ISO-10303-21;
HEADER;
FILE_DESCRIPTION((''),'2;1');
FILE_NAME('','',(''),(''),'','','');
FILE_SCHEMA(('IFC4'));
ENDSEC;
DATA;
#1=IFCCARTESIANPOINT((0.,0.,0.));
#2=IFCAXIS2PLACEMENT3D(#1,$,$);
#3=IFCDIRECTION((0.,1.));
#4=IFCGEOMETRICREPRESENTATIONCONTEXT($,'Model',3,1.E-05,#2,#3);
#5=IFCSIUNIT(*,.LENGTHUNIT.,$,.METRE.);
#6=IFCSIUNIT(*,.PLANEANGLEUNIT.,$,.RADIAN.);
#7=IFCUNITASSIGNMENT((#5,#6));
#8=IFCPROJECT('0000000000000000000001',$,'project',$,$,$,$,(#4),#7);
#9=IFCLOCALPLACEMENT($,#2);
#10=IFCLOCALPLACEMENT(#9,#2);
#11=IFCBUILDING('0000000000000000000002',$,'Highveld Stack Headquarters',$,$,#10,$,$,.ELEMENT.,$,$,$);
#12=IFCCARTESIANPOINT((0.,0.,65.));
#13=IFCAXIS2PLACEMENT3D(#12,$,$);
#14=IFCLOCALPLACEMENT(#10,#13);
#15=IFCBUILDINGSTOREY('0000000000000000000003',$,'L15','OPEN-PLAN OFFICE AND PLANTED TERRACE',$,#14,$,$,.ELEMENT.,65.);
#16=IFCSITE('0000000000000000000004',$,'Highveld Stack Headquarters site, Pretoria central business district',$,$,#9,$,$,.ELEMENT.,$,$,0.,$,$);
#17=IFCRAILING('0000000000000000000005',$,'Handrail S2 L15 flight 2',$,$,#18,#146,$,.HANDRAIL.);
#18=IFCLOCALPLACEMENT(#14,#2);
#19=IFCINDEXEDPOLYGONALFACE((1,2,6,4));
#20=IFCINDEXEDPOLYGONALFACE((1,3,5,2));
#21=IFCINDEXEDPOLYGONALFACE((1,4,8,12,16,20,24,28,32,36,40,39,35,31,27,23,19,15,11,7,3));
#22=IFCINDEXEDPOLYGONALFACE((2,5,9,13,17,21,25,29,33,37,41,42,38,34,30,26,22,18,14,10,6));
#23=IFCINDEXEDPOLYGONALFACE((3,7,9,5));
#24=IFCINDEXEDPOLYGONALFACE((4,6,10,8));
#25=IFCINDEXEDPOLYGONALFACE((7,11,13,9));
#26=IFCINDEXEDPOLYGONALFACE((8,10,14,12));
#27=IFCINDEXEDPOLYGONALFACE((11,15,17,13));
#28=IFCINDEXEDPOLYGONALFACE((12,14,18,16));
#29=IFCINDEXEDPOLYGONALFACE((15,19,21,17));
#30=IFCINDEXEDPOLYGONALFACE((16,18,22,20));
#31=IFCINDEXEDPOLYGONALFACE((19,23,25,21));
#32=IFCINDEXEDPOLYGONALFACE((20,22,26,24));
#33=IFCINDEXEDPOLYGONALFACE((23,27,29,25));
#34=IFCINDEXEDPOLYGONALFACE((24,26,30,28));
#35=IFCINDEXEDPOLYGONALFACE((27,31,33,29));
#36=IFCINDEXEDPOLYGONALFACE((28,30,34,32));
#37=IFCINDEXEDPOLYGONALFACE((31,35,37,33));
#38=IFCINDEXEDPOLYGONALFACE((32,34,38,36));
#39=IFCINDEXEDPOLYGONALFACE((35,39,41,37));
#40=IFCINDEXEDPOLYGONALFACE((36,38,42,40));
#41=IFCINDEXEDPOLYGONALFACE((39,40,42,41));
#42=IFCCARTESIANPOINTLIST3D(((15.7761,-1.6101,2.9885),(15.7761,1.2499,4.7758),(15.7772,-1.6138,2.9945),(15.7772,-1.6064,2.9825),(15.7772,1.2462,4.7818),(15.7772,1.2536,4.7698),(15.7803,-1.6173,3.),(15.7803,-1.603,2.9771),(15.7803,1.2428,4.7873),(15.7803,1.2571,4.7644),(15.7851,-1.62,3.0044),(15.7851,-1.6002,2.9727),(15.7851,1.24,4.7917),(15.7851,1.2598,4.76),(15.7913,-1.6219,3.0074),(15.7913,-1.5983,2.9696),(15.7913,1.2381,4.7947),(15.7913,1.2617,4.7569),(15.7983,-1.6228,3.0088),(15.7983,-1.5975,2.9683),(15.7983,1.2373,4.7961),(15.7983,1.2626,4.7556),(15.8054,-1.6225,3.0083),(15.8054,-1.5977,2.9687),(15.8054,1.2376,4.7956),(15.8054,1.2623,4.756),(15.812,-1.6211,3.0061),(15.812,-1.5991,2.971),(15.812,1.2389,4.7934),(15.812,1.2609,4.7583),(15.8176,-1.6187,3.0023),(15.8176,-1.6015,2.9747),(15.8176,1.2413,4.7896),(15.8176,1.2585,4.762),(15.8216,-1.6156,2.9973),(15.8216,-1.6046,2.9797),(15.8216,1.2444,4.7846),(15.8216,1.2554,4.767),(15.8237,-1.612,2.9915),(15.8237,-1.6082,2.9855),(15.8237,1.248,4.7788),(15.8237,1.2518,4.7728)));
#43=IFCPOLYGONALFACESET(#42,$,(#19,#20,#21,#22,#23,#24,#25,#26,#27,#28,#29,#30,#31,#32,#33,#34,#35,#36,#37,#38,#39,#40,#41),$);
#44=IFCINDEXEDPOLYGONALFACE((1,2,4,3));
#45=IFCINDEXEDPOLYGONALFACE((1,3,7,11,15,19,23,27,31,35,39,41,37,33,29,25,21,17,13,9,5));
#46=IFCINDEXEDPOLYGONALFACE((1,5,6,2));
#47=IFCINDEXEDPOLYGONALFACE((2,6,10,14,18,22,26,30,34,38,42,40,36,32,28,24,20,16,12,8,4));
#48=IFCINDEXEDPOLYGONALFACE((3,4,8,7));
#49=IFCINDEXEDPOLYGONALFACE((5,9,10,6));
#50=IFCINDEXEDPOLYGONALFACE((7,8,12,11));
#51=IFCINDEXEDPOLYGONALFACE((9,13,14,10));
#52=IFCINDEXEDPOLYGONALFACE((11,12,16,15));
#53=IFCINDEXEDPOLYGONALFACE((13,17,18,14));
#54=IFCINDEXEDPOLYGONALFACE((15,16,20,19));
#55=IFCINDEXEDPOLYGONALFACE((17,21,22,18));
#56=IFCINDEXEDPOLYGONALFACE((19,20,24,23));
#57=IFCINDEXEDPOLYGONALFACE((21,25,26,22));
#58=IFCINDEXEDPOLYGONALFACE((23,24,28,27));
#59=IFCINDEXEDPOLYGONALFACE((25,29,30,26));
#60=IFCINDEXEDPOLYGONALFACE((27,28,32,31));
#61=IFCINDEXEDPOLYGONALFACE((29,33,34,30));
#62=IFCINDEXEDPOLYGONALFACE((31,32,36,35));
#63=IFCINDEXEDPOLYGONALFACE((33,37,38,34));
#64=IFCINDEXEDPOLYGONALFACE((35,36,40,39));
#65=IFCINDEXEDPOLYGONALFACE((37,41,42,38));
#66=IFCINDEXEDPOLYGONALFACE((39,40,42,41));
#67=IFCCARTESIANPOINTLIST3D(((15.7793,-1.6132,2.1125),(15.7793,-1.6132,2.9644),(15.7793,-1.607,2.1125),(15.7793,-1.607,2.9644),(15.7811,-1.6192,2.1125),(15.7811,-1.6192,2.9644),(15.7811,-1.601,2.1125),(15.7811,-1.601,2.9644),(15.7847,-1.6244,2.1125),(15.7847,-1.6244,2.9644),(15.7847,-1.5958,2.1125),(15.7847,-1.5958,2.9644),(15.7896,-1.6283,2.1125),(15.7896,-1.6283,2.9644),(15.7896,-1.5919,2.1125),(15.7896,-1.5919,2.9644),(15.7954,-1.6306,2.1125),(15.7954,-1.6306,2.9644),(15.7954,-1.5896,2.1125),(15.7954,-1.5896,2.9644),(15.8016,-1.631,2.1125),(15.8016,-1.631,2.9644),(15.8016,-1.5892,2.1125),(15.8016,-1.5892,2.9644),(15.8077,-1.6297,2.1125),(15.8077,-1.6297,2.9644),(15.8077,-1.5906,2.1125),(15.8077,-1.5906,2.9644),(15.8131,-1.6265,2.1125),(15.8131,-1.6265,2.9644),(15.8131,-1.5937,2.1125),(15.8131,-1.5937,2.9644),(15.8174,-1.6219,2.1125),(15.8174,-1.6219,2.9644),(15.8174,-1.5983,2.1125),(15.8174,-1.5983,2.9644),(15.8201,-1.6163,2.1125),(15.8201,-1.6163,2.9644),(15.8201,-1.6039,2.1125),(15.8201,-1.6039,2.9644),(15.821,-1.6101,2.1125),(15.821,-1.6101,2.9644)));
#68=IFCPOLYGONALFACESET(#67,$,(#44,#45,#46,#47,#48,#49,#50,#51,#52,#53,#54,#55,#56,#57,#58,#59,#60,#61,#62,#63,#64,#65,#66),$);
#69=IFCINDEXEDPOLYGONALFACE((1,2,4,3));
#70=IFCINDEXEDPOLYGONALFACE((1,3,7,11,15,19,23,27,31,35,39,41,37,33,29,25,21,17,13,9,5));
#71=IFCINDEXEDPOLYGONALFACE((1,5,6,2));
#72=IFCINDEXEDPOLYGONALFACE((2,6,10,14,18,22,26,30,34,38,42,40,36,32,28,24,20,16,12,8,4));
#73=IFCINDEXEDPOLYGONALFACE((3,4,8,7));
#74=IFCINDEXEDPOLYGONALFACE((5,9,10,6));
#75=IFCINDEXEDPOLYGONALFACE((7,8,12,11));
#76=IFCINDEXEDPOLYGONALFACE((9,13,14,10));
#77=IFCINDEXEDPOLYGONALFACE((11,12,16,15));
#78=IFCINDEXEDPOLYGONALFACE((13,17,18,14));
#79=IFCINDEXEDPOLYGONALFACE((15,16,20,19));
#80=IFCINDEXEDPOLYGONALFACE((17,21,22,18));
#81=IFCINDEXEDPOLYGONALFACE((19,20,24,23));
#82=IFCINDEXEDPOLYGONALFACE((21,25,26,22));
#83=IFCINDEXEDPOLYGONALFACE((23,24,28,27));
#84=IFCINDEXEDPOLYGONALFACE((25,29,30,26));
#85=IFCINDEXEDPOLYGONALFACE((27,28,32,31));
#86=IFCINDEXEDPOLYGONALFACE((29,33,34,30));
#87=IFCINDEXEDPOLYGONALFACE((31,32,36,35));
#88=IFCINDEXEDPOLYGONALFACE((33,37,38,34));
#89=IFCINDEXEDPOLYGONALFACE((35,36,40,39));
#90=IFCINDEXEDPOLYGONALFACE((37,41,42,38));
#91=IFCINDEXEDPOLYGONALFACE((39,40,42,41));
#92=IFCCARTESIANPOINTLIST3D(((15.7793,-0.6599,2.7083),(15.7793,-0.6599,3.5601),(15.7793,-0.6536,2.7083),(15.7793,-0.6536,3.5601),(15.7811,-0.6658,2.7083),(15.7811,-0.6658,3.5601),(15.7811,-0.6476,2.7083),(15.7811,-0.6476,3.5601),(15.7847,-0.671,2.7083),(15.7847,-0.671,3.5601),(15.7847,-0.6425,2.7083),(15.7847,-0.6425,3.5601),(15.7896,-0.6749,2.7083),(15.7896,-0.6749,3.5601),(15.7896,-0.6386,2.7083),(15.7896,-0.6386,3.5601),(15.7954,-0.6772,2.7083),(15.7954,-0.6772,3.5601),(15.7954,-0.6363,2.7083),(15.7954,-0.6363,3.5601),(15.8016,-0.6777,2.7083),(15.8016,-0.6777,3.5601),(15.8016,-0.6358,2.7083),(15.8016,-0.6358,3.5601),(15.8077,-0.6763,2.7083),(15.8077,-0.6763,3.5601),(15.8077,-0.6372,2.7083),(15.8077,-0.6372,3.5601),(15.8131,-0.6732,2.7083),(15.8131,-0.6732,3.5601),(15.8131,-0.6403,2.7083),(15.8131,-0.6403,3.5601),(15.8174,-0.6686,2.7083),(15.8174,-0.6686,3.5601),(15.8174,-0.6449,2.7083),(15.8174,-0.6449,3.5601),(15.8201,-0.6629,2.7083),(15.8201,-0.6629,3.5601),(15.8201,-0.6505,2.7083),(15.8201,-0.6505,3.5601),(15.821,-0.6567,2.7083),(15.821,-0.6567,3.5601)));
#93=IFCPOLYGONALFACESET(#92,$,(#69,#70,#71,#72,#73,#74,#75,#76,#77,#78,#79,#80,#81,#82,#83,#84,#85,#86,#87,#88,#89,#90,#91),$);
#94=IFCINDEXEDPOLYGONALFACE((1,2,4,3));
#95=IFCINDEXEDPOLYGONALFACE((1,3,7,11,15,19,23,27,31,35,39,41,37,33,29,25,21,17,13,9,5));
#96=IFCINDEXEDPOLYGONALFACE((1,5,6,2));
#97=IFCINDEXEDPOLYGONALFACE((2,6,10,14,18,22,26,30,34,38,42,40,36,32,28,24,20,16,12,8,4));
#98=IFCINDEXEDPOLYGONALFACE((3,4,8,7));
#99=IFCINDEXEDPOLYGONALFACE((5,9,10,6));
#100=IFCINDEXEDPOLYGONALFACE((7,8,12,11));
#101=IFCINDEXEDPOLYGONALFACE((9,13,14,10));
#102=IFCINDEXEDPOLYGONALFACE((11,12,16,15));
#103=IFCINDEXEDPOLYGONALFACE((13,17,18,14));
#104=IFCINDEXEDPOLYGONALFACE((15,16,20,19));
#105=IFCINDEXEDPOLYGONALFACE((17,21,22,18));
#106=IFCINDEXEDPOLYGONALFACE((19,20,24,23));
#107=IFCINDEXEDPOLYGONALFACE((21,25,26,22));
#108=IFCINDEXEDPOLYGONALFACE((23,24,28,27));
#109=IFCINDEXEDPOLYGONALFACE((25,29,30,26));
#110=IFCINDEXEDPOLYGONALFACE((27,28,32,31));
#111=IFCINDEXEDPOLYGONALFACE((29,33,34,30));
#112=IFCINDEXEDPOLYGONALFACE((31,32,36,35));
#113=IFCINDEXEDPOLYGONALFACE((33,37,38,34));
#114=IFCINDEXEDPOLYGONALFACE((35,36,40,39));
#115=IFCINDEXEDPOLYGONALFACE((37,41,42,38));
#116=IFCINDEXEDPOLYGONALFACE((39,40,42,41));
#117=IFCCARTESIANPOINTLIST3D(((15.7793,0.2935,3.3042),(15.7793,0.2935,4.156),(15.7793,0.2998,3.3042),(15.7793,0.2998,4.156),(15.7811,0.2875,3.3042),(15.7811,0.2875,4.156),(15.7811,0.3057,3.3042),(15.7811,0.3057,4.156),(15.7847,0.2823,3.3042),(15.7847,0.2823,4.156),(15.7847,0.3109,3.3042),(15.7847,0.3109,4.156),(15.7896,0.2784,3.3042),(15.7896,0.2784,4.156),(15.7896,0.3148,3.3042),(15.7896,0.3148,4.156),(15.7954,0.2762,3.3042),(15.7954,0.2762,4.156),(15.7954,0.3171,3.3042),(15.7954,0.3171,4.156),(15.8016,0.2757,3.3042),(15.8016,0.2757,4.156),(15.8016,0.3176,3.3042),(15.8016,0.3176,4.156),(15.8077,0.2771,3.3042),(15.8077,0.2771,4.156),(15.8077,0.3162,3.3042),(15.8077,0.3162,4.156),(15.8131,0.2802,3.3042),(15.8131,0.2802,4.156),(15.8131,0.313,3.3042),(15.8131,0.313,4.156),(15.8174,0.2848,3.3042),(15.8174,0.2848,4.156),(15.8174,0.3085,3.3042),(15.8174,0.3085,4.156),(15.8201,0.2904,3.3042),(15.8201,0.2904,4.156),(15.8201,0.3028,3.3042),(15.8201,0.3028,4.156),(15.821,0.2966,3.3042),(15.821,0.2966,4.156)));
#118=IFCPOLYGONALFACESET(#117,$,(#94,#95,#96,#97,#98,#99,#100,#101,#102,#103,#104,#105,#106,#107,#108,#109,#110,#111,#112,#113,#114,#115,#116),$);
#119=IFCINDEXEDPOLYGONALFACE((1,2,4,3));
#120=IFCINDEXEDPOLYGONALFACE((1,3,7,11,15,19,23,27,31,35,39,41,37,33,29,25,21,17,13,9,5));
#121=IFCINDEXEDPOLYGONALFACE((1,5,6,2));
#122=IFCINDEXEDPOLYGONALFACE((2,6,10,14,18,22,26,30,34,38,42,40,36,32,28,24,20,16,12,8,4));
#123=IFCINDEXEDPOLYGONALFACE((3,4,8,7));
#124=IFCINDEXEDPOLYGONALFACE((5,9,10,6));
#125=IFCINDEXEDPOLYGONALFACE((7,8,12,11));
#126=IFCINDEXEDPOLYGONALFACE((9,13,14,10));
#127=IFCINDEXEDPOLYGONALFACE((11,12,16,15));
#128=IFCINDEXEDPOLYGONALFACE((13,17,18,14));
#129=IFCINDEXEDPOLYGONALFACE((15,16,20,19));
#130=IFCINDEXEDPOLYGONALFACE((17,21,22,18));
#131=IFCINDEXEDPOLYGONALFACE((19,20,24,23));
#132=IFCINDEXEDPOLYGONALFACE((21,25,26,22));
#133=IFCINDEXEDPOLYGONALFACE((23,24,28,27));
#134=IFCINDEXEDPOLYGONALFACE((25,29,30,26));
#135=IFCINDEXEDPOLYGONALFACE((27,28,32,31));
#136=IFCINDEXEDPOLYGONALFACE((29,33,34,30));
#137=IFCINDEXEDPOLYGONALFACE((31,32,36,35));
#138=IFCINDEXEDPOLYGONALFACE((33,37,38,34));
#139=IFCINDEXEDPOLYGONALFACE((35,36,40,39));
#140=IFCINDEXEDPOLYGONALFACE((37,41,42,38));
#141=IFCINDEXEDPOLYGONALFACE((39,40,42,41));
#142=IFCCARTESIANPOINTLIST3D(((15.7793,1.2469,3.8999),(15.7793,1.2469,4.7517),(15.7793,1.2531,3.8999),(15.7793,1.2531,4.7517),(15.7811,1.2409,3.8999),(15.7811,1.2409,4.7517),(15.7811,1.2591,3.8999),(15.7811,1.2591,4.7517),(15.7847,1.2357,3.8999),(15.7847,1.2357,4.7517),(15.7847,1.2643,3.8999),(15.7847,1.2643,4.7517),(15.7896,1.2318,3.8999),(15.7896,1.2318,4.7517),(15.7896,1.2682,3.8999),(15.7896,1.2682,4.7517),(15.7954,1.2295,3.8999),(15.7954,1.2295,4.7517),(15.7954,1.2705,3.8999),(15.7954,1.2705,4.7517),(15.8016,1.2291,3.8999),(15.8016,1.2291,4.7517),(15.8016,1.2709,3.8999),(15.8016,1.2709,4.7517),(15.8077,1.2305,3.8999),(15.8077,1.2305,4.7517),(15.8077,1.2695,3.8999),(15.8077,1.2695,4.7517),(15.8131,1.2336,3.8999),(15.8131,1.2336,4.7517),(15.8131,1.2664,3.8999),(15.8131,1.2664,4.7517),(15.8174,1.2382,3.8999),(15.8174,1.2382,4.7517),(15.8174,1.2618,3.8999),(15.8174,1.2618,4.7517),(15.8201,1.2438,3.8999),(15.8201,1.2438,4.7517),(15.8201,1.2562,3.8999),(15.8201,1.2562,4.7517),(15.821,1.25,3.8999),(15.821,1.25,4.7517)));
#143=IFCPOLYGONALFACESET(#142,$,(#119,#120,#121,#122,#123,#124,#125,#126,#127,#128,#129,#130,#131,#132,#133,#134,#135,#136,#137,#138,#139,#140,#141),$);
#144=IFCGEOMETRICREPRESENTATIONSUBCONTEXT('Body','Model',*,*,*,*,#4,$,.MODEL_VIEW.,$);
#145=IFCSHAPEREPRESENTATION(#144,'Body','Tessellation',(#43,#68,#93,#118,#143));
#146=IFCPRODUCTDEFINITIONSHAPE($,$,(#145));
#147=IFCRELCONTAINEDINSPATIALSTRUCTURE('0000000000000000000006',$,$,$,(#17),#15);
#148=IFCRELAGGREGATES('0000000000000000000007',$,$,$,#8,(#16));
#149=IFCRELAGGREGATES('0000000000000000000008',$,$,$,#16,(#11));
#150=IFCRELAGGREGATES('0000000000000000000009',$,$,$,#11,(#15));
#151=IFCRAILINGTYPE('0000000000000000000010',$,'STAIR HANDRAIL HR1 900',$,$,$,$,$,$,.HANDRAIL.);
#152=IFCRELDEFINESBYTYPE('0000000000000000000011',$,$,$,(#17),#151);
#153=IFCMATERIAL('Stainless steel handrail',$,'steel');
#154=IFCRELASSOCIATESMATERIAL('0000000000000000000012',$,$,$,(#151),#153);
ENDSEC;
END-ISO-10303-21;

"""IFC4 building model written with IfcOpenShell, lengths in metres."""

from ifc_helpers import new_model, si_unit, direction, frame, origin, origin_2d, place, context, subcontext, project, spatial, circle, extrude, material, type_object, element, save


model = new_model("IFC4")

# Units and contexts
model_context = context("Model", 3, precision=1e-05, world=origin(), true_north=direction((0.0, 1.0)))
body_context = subcontext(model_context, "Body", "Model", "MODEL_VIEW")
ifc_project = project(units=[si_unit("LENGTHUNIT", "METRE"), si_unit("PLANEANGLEUNIT", "RADIAN")], contexts=[model_context])

# Site, building, storey
site_placement = place(None, origin())
site = spatial("IfcSite", under=ifc_project, at=site_placement, Name="Highveld Stack Headquarters site, Pretoria central business district", CompositionType="ELEMENT", RefElevation=0.0)
building_placement = place(site_placement, origin())
building = spatial("IfcBuilding", under=site, at=building_placement, Name="Highveld Stack Headquarters", CompositionType="ELEMENT")
storey_placement = place(building_placement, frame((0.0, 0.0, 65.0)))
storey = spatial("IfcBuildingStorey", under=building, at=storey_placement, Name="L15", Description="OPEN-PLAN OFFICE AND PLANTED TERRACE", CompositionType="ELEMENT", Elevation=65.0)

# Railing
ifc_material_1 = material(Name="Stainless steel handrail", Category="steel")
railing_type = type_object("IfcRailingType", Name="STAIR HANDRAIL HR1 900", PredefinedType="HANDRAIL", material=ifc_material_1)
for number, where, name in (
    (1, (15.8, -1.6101, 2.1125), "Handrail S2 L15 flight 2"),
):
    element("IfcRailing", number, at=place(storey_placement, frame(where)), inside=storey, type_object=railing_type, Name=name, PredefinedType="HANDRAIL", context=body_context, shape_type="SweptSolid", body=[
        extrude(circle(Radius=0.0239, at=origin_2d()), frame((0.0, 0.0, 0.876), z_axis=(0.0, 0.848027, 0.529953), x_axis=(-1.0, 0.0, 0.0)), (0.0, 0.0, 1.0), 3.3726),
        extrude(circle(Radius=0.021, at=origin_2d()), origin(), (0.0, 0.0, 1.0), 0.8518),
        extrude(circle(Radius=0.021, at=origin_2d()), frame((0.0, 0.9534, 0.5957)), (0.0, 0.0, 1.0), 0.8518),
        extrude(circle(Radius=0.021, at=origin_2d()), frame((0.0, 1.9067, 1.1917)), (0.0, 0.0, 1.0), 0.8518),
        extrude(circle(Radius=0.021, at=origin_2d()), frame((0.0, 2.8601, 1.7874)), (0.0, 0.0, 1.0), 0.8518),
    ])

save(model, "model.ifc")
